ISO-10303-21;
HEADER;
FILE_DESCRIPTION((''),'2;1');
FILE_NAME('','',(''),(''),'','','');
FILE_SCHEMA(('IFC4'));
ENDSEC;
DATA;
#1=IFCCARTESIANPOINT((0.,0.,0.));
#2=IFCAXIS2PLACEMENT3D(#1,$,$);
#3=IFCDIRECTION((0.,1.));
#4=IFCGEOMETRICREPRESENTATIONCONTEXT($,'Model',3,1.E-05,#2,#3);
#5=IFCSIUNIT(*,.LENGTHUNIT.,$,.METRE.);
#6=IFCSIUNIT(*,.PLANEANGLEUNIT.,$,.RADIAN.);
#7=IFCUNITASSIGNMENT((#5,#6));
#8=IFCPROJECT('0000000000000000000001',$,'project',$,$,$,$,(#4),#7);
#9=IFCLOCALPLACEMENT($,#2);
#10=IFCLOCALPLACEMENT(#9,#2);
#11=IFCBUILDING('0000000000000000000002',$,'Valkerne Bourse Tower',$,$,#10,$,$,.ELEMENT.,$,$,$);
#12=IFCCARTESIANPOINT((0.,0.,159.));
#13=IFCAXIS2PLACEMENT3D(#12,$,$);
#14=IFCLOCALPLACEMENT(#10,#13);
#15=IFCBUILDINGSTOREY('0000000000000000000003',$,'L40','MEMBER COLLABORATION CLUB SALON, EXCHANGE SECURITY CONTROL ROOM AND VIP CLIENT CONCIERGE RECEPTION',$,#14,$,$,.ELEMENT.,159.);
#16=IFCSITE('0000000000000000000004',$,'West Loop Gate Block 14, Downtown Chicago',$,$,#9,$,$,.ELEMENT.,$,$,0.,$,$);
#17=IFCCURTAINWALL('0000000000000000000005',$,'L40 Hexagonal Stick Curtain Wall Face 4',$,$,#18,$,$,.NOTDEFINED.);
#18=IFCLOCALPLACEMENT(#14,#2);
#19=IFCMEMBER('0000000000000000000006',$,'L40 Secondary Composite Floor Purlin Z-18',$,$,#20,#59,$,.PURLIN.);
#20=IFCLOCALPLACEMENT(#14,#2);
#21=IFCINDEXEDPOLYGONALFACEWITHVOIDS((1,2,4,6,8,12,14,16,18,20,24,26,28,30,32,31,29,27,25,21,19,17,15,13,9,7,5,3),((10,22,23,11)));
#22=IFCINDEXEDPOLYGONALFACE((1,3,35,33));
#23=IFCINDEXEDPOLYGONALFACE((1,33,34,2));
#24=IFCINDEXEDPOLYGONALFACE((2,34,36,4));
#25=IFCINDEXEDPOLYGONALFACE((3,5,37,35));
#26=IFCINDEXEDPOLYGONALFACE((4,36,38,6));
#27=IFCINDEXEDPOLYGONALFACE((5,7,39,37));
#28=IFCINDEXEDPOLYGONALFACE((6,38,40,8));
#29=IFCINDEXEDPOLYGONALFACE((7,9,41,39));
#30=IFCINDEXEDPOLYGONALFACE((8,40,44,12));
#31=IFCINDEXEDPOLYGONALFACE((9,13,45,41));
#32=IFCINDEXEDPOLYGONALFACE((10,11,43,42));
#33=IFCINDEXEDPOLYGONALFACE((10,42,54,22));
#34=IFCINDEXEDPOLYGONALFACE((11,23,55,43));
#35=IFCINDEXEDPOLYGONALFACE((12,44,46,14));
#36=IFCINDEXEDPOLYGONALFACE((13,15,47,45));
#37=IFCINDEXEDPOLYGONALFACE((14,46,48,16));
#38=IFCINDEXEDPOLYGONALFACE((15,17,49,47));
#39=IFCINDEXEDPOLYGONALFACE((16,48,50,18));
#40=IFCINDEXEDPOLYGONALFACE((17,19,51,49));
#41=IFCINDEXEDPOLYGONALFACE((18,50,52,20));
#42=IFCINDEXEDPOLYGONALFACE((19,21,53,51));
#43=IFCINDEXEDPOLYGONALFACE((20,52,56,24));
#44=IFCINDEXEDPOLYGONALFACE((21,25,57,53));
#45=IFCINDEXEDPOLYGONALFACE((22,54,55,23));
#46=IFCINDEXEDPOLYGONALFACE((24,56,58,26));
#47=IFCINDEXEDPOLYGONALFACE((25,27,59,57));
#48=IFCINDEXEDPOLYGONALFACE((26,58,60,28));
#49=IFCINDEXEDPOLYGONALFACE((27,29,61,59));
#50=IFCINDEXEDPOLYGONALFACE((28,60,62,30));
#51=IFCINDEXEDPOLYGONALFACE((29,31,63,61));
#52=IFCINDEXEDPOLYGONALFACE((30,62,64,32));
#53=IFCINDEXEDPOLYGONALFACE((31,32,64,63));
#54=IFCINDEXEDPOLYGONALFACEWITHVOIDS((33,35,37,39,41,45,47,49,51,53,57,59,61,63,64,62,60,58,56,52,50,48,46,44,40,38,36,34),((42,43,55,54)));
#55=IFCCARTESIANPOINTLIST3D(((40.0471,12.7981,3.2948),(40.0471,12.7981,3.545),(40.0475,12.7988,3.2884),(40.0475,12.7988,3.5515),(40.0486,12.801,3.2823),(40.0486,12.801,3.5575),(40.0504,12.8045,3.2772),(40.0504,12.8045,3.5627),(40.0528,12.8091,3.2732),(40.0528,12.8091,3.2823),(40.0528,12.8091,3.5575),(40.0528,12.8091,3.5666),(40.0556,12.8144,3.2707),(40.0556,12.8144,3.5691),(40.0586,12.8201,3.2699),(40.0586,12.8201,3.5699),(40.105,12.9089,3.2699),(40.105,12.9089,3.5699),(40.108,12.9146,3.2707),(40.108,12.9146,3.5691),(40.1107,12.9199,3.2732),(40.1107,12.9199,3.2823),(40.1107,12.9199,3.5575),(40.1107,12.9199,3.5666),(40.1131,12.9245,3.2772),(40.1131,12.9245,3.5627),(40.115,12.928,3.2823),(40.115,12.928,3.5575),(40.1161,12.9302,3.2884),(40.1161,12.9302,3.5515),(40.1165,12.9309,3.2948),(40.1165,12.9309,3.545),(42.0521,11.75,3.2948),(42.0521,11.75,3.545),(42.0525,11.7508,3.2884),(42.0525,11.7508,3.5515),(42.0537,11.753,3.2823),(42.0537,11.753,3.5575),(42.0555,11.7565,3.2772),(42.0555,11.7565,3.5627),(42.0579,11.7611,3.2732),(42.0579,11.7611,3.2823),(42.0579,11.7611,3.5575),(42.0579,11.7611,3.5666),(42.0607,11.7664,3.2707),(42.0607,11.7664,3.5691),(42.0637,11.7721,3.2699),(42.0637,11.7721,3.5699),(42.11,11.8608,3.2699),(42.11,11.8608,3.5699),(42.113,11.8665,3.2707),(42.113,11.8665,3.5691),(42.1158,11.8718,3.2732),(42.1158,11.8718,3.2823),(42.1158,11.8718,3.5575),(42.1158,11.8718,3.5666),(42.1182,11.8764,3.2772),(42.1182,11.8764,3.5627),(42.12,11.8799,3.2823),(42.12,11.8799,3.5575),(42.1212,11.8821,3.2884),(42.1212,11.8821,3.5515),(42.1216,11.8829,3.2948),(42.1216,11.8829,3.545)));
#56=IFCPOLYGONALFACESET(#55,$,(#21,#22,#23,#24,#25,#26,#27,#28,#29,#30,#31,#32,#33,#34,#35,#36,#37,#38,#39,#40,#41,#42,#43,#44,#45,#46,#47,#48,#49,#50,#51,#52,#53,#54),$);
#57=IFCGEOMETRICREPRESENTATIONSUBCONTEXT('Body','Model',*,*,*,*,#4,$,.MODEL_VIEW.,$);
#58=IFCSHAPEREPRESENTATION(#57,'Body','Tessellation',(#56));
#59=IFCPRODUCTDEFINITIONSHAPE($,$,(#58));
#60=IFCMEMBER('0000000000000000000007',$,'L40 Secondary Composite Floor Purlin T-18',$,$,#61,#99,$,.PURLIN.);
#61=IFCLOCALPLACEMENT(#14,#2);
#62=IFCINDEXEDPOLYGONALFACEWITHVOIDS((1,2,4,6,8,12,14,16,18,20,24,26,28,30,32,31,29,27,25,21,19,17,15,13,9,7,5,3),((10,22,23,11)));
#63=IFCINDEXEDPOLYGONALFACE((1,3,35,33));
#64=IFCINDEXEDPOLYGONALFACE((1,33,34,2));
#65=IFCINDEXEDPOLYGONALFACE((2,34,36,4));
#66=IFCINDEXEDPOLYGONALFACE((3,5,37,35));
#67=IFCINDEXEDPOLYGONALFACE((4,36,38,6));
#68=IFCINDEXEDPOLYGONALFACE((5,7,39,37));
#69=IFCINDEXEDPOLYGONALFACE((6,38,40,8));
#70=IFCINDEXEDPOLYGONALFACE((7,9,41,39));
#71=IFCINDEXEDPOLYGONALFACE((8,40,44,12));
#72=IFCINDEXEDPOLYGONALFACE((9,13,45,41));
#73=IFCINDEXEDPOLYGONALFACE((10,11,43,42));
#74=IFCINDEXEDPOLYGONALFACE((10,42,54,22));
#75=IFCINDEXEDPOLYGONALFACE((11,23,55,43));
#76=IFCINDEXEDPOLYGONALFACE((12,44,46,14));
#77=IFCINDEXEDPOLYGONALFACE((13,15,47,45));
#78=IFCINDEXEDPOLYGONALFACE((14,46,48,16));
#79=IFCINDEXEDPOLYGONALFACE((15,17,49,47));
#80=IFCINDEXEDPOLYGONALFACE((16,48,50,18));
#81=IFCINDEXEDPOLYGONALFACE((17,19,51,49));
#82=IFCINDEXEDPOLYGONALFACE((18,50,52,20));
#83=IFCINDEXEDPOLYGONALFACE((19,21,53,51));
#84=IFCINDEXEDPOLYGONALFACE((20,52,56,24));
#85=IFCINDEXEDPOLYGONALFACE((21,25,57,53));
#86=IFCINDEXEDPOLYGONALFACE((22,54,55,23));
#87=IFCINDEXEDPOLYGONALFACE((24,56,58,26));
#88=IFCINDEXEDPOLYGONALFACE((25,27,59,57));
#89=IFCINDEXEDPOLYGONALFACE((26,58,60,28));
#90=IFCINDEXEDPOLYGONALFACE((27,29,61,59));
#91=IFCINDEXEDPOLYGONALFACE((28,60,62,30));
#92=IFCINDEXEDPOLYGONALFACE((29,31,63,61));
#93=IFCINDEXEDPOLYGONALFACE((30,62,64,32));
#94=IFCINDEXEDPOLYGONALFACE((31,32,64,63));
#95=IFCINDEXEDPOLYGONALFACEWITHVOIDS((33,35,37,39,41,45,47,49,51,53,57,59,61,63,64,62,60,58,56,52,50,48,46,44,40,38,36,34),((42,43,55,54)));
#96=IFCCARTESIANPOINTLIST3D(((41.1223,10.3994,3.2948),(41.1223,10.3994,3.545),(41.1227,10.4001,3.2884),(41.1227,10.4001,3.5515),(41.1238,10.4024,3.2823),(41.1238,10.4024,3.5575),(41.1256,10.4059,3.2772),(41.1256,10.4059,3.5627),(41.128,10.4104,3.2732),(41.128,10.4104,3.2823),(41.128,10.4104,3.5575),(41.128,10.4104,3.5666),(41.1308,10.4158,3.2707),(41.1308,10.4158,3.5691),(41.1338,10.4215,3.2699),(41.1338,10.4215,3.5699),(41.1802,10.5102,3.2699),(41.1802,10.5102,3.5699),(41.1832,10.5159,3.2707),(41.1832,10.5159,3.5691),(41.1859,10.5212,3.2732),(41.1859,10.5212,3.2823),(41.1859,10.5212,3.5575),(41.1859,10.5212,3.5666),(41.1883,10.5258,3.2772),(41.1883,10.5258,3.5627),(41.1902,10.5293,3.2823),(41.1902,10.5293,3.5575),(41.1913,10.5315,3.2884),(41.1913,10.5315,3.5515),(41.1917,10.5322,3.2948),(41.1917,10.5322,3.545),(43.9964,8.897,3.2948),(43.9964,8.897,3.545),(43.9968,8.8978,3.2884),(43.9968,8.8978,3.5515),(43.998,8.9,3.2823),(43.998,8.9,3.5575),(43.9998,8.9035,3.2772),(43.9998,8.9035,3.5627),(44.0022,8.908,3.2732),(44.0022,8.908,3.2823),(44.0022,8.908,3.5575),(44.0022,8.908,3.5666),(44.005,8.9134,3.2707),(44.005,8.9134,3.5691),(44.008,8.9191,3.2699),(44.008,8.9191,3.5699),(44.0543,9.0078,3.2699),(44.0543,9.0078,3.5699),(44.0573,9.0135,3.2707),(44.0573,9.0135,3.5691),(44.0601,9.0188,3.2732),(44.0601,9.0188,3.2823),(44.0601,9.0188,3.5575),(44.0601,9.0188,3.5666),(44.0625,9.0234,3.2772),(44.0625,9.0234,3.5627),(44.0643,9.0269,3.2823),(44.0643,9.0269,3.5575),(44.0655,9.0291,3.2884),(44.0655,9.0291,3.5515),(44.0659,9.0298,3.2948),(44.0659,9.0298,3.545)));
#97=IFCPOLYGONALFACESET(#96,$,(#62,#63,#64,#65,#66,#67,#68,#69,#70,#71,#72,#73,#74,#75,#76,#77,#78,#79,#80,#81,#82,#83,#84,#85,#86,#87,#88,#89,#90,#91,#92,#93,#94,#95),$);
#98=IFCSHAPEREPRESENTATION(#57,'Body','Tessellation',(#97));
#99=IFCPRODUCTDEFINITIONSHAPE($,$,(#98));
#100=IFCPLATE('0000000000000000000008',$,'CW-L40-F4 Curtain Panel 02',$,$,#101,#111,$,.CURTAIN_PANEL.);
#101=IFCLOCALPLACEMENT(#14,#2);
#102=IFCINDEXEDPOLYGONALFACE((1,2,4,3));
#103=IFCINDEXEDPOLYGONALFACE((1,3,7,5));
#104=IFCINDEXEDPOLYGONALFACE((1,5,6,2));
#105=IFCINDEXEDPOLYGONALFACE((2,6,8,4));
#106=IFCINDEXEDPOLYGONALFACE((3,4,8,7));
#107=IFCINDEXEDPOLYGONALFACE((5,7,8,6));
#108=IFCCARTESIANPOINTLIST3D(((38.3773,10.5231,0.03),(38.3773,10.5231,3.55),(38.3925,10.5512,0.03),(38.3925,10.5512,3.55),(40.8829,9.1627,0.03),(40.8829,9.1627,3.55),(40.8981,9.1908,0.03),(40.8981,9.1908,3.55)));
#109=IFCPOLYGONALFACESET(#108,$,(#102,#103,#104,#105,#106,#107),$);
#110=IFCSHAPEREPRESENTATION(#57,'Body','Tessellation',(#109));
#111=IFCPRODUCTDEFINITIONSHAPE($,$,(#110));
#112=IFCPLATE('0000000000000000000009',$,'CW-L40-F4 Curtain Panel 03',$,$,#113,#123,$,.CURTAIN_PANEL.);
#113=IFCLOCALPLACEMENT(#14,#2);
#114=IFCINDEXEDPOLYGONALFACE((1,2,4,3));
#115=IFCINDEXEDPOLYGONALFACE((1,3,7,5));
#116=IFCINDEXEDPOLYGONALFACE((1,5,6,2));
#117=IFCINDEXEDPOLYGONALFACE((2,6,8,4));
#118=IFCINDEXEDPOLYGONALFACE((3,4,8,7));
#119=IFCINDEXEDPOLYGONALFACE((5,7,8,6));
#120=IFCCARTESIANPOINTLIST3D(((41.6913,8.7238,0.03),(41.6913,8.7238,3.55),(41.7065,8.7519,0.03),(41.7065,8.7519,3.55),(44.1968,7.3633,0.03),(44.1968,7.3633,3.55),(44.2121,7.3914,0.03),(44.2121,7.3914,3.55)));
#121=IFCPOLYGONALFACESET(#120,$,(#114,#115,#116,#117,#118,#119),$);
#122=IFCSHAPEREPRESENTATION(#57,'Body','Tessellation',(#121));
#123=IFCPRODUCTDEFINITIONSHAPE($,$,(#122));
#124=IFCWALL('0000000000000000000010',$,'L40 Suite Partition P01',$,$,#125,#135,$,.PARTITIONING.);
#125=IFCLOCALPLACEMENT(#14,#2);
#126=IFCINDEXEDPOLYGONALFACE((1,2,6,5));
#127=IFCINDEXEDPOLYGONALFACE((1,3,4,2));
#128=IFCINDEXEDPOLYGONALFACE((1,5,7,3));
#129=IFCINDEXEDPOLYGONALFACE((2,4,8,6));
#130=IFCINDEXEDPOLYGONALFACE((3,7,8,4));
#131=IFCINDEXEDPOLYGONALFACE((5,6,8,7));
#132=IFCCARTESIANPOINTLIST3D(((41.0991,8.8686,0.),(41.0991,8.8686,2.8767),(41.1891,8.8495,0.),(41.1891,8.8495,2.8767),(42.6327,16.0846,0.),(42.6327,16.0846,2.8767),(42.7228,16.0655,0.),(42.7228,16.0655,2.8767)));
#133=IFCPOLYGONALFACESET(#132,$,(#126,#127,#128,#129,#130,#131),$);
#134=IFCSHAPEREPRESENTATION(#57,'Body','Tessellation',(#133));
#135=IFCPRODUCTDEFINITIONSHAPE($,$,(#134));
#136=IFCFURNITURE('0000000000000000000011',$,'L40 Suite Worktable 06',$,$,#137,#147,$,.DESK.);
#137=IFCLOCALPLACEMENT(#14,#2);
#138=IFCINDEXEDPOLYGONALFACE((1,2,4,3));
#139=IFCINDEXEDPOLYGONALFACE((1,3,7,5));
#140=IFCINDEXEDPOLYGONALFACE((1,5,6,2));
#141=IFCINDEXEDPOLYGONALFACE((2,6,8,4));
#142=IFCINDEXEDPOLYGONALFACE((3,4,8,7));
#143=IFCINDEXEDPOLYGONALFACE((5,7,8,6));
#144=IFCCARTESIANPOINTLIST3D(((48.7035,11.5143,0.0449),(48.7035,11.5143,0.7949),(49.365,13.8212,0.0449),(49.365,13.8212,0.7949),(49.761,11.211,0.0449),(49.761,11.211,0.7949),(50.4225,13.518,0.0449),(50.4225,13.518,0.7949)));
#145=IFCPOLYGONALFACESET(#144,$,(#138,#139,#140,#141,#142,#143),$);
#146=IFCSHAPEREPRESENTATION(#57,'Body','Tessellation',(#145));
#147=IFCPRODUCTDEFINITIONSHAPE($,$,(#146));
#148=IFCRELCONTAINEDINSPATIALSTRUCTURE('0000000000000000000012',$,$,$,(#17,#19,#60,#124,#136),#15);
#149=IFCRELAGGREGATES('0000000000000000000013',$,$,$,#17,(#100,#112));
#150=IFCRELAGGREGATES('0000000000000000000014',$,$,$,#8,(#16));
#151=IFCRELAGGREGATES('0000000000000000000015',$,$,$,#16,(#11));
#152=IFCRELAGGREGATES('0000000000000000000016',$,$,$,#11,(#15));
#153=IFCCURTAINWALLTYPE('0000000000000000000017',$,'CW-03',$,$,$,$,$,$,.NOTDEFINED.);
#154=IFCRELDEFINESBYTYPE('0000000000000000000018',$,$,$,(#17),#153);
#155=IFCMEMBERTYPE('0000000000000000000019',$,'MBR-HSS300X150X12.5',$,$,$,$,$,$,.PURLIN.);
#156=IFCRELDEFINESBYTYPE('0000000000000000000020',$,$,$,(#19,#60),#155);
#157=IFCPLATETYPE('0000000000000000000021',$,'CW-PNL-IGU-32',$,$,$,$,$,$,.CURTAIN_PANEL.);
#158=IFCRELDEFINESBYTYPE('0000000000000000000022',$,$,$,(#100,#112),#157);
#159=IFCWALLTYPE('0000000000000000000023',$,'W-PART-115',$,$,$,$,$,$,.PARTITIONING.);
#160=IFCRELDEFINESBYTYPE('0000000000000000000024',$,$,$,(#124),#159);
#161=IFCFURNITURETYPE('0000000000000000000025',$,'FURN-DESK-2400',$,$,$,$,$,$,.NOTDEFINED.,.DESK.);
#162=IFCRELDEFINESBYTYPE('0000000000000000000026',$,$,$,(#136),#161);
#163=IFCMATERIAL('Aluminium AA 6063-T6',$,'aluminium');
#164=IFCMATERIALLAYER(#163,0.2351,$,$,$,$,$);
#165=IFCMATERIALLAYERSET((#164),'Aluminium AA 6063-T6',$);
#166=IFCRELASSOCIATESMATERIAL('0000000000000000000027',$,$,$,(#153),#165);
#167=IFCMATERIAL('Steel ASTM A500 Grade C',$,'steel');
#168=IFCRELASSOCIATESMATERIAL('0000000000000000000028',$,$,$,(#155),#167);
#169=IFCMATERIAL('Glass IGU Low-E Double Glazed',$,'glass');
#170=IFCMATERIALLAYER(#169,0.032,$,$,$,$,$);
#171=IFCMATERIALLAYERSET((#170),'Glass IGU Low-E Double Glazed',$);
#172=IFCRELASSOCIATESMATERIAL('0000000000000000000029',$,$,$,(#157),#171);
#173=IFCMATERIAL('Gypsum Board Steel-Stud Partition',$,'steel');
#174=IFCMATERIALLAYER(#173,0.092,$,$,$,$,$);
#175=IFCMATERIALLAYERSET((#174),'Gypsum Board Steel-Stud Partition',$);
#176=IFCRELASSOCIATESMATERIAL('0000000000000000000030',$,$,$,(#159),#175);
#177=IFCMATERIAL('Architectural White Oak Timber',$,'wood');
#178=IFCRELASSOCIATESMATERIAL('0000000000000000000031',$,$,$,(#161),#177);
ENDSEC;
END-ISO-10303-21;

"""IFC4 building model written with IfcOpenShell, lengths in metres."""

from ifc_helpers import new_model, si_unit, direction, frame, frame_2d, origin, origin_2d, place, context, subcontext, project, spatial, rectangle, hollow_rectangle, extrude, material, layer, layer_set, material_profile, profile_set, type_object, element, aggregate, save


model = new_model("IFC4")

# Units and contexts
model_context = context("Model", 3, precision=1e-05, world=origin(), true_north=direction((0.0, 1.0)))
body_context = subcontext(model_context, "Body", "Model", "MODEL_VIEW")
ifc_project = project(units=[si_unit("LENGTHUNIT", "METRE"), si_unit("PLANEANGLEUNIT", "RADIAN")], contexts=[model_context])

# Site, building, storey
site_placement = place(None, origin())
site = spatial("IfcSite", under=ifc_project, at=site_placement, Name="West Loop Gate Block 14, Downtown Chicago", CompositionType="ELEMENT", RefElevation=0.0)
building_placement = place(site_placement, origin())
building = spatial("IfcBuilding", under=site, at=building_placement, Name="Valkerne Bourse Tower", CompositionType="ELEMENT")
storey_placement = place(building_placement, frame((0.0, 0.0, 159.0)))
storey = spatial("IfcBuildingStorey", under=building, at=storey_placement, Name="L40", Description="MEMBER COLLABORATION CLUB SALON, EXCHANGE SECURITY CONTROL ROOM AND VIP CLIENT CONCIERGE RECEPTION", CompositionType="ELEMENT", Elevation=159.0)

# Curtain wall
ifc_material_1 = material(Name="Aluminium AA 6063-T6", Category="aluminium")
ifc_layer_1 = layer(ifc_material_1, 0.2351)
ifc_layer_set_1 = layer_set([ifc_layer_1], Name="Aluminium AA 6063-T6")
curtain_wall_type = type_object("IfcCurtainWallType", Name="CW-03", PredefinedType="NOTDEFINED", material=ifc_layer_set_1)
curtain_wall_1_placement = place(storey_placement, origin())
curtain_wall_1 = element("IfcCurtainWall", 1, at=curtain_wall_1_placement, inside=storey, type_object=curtain_wall_type, Name="L40 Hexagonal Stick Curtain Wall Face 4", PredefinedType="NOTDEFINED")

# Members
ifc_material_2 = material(Name="Steel ASTM A500 Grade C", Category="steel")
ifc_material_profile_1 = material_profile(ifc_material_2, hollow_rectangle(XDim=0.1499, YDim=0.3, WallThickness=0.0125, OuterFilletRadius=0.0249, at=origin_2d()), Name="HSS300X150X12.5")
ifc_profile_set_1 = profile_set([ifc_material_profile_1], Name="Steel ASTM A500 Grade C")
member_type_1 = type_object("IfcMemberType", Name="MBR-HSS300X150X12.5", PredefinedType="PURLIN", material=ifc_profile_set_1)
member_1_placement = place(storey_placement, frame((40.0818, 12.8645, 3.4199), z_axis=(0.886232, -0.463241, 0.0), x_axis=(0.463241, 0.886232, 0.0)))
element("IfcMember", 2, at=member_1_placement, inside=storey, type_object=member_type_1, Name="L40 Secondary Composite Floor Purlin Z-18", PredefinedType="PURLIN", context=body_context, shape_type="SweptSolid", body=[
    extrude(hollow_rectangle(XDim=0.1499, YDim=0.3, WallThickness=0.0125, OuterFilletRadius=0.0249, at=origin_2d()), origin(), (0.0, 0.0, 1.0), 2.2625),
])
member_2_placement = place(storey_placement, frame((41.157, 10.4658, 3.4199), z_axis=(0.886228, -0.46325, 0.0), x_axis=(0.46325, 0.886228, 0.0)))
element("IfcMember", 3, at=member_2_placement, inside=storey, type_object=member_type_1, Name="L40 Secondary Composite Floor Purlin T-18", PredefinedType="PURLIN", context=body_context, shape_type="SweptSolid", body=[
    extrude(hollow_rectangle(XDim=0.1499, YDim=0.3, WallThickness=0.0125, OuterFilletRadius=0.0249, at=origin_2d()), origin(), (0.0, 0.0, 1.0), 3.2432),
])

# Plates
ifc_material_3 = material(Name="Glass IGU Low-E Double Glazed", Category="glass")
ifc_layer_2 = layer(ifc_material_3, 0.032)
ifc_layer_set_2 = layer_set([ifc_layer_2], Name="Glass IGU Low-E Double Glazed")
plate_type = type_object("IfcPlateType", Name="CW-PNL-IGU-32", PredefinedType="CURTAIN_PANEL", material=ifc_layer_set_2)
plate_1_placement = place(storey_placement, frame((39.6377, 9.8569, 0.03), z_axis=(0.0, 0.0, 1.0), x_axis=(0.878823, -0.477147, 0.0)))
plate_1 = element("IfcPlate", 4, at=plate_1_placement, type_object=plate_type, Name="CW-L40-F4 Curtain Panel 02", PredefinedType="CURTAIN_PANEL", context=body_context, shape_type="SweptSolid", body=[
    extrude(rectangle(XDim=2.8511, YDim=0.032, at=origin_2d()), origin(), (0.0, 0.0, 1.0), 3.52),
])
plate_2_placement = place(storey_placement, frame((42.9517, 8.0576, 0.03), z_axis=(0.0, 0.0, 1.0), x_axis=(0.878812, -0.477168, 0.0)))
plate_2 = element("IfcPlate", 5, at=plate_2_placement, type_object=plate_type, Name="CW-L40-F4 Curtain Panel 03", PredefinedType="CURTAIN_PANEL", context=body_context, shape_type="SweptSolid", body=[
    extrude(rectangle(XDim=2.8511, YDim=0.032, at=origin_2d()), origin(), (0.0, 0.0, 1.0), 3.52),
])
aggregate(curtain_wall_1, [plate_1, plate_2])

# Wall
ifc_material_4 = material(Name="Gypsum Board Steel-Stud Partition", Category="steel")
ifc_layer_3 = layer(ifc_material_4, 0.092)
ifc_layer_set_3 = layer_set([ifc_layer_3], Name="Gypsum Board Steel-Stud Partition")
wall_type = type_object("IfcWallType", Name="W-PART-115", PredefinedType="PARTITIONING", material=ifc_layer_set_3)
wall_placement = place(storey_placement, frame((42.6777, 16.075, 0.0), z_axis=(0.0, 0.0, 1.0), x_axis=(-0.207895, -0.978151, 0.0)))
element("IfcWall", 6, at=wall_placement, inside=storey, type_object=wall_type, Name="L40 Suite Partition P01", PredefinedType="PARTITIONING", context=body_context, shape_type="SweptSolid", body=[
    extrude(rectangle(XDim=7.3772, YDim=0.092, at=frame_2d((3.6885, 0.0))), origin(), (0.0, 0.0, 1.0), 2.8767),
])

# Furniture
ifc_material_5 = material(Name="Architectural White Oak Timber", Category="wood")
furniture_type = type_object("IfcFurnitureType", Name="FURN-DESK-2400", AssemblyPlace="NOTDEFINED", PredefinedType="DESK", material=ifc_material_5)
furniture_placement = place(storey_placement, frame((49.563, 12.5161, 0.0449), z_axis=(0.0, 0.0, 1.0), x_axis=(0.275637, 0.961262, 0.0)))
element("IfcFurniture", 7, at=furniture_placement, inside=storey, type_object=furniture_type, Name="L40 Suite Worktable 06", PredefinedType="DESK", context=body_context, shape_type="SweptSolid", body=[
    extrude(rectangle(XDim=2.3999, YDim=1.1001, at=origin_2d()), origin(), (0.0, 0.0, 1.0), 0.75),
])

save(model, "model.ifc")
